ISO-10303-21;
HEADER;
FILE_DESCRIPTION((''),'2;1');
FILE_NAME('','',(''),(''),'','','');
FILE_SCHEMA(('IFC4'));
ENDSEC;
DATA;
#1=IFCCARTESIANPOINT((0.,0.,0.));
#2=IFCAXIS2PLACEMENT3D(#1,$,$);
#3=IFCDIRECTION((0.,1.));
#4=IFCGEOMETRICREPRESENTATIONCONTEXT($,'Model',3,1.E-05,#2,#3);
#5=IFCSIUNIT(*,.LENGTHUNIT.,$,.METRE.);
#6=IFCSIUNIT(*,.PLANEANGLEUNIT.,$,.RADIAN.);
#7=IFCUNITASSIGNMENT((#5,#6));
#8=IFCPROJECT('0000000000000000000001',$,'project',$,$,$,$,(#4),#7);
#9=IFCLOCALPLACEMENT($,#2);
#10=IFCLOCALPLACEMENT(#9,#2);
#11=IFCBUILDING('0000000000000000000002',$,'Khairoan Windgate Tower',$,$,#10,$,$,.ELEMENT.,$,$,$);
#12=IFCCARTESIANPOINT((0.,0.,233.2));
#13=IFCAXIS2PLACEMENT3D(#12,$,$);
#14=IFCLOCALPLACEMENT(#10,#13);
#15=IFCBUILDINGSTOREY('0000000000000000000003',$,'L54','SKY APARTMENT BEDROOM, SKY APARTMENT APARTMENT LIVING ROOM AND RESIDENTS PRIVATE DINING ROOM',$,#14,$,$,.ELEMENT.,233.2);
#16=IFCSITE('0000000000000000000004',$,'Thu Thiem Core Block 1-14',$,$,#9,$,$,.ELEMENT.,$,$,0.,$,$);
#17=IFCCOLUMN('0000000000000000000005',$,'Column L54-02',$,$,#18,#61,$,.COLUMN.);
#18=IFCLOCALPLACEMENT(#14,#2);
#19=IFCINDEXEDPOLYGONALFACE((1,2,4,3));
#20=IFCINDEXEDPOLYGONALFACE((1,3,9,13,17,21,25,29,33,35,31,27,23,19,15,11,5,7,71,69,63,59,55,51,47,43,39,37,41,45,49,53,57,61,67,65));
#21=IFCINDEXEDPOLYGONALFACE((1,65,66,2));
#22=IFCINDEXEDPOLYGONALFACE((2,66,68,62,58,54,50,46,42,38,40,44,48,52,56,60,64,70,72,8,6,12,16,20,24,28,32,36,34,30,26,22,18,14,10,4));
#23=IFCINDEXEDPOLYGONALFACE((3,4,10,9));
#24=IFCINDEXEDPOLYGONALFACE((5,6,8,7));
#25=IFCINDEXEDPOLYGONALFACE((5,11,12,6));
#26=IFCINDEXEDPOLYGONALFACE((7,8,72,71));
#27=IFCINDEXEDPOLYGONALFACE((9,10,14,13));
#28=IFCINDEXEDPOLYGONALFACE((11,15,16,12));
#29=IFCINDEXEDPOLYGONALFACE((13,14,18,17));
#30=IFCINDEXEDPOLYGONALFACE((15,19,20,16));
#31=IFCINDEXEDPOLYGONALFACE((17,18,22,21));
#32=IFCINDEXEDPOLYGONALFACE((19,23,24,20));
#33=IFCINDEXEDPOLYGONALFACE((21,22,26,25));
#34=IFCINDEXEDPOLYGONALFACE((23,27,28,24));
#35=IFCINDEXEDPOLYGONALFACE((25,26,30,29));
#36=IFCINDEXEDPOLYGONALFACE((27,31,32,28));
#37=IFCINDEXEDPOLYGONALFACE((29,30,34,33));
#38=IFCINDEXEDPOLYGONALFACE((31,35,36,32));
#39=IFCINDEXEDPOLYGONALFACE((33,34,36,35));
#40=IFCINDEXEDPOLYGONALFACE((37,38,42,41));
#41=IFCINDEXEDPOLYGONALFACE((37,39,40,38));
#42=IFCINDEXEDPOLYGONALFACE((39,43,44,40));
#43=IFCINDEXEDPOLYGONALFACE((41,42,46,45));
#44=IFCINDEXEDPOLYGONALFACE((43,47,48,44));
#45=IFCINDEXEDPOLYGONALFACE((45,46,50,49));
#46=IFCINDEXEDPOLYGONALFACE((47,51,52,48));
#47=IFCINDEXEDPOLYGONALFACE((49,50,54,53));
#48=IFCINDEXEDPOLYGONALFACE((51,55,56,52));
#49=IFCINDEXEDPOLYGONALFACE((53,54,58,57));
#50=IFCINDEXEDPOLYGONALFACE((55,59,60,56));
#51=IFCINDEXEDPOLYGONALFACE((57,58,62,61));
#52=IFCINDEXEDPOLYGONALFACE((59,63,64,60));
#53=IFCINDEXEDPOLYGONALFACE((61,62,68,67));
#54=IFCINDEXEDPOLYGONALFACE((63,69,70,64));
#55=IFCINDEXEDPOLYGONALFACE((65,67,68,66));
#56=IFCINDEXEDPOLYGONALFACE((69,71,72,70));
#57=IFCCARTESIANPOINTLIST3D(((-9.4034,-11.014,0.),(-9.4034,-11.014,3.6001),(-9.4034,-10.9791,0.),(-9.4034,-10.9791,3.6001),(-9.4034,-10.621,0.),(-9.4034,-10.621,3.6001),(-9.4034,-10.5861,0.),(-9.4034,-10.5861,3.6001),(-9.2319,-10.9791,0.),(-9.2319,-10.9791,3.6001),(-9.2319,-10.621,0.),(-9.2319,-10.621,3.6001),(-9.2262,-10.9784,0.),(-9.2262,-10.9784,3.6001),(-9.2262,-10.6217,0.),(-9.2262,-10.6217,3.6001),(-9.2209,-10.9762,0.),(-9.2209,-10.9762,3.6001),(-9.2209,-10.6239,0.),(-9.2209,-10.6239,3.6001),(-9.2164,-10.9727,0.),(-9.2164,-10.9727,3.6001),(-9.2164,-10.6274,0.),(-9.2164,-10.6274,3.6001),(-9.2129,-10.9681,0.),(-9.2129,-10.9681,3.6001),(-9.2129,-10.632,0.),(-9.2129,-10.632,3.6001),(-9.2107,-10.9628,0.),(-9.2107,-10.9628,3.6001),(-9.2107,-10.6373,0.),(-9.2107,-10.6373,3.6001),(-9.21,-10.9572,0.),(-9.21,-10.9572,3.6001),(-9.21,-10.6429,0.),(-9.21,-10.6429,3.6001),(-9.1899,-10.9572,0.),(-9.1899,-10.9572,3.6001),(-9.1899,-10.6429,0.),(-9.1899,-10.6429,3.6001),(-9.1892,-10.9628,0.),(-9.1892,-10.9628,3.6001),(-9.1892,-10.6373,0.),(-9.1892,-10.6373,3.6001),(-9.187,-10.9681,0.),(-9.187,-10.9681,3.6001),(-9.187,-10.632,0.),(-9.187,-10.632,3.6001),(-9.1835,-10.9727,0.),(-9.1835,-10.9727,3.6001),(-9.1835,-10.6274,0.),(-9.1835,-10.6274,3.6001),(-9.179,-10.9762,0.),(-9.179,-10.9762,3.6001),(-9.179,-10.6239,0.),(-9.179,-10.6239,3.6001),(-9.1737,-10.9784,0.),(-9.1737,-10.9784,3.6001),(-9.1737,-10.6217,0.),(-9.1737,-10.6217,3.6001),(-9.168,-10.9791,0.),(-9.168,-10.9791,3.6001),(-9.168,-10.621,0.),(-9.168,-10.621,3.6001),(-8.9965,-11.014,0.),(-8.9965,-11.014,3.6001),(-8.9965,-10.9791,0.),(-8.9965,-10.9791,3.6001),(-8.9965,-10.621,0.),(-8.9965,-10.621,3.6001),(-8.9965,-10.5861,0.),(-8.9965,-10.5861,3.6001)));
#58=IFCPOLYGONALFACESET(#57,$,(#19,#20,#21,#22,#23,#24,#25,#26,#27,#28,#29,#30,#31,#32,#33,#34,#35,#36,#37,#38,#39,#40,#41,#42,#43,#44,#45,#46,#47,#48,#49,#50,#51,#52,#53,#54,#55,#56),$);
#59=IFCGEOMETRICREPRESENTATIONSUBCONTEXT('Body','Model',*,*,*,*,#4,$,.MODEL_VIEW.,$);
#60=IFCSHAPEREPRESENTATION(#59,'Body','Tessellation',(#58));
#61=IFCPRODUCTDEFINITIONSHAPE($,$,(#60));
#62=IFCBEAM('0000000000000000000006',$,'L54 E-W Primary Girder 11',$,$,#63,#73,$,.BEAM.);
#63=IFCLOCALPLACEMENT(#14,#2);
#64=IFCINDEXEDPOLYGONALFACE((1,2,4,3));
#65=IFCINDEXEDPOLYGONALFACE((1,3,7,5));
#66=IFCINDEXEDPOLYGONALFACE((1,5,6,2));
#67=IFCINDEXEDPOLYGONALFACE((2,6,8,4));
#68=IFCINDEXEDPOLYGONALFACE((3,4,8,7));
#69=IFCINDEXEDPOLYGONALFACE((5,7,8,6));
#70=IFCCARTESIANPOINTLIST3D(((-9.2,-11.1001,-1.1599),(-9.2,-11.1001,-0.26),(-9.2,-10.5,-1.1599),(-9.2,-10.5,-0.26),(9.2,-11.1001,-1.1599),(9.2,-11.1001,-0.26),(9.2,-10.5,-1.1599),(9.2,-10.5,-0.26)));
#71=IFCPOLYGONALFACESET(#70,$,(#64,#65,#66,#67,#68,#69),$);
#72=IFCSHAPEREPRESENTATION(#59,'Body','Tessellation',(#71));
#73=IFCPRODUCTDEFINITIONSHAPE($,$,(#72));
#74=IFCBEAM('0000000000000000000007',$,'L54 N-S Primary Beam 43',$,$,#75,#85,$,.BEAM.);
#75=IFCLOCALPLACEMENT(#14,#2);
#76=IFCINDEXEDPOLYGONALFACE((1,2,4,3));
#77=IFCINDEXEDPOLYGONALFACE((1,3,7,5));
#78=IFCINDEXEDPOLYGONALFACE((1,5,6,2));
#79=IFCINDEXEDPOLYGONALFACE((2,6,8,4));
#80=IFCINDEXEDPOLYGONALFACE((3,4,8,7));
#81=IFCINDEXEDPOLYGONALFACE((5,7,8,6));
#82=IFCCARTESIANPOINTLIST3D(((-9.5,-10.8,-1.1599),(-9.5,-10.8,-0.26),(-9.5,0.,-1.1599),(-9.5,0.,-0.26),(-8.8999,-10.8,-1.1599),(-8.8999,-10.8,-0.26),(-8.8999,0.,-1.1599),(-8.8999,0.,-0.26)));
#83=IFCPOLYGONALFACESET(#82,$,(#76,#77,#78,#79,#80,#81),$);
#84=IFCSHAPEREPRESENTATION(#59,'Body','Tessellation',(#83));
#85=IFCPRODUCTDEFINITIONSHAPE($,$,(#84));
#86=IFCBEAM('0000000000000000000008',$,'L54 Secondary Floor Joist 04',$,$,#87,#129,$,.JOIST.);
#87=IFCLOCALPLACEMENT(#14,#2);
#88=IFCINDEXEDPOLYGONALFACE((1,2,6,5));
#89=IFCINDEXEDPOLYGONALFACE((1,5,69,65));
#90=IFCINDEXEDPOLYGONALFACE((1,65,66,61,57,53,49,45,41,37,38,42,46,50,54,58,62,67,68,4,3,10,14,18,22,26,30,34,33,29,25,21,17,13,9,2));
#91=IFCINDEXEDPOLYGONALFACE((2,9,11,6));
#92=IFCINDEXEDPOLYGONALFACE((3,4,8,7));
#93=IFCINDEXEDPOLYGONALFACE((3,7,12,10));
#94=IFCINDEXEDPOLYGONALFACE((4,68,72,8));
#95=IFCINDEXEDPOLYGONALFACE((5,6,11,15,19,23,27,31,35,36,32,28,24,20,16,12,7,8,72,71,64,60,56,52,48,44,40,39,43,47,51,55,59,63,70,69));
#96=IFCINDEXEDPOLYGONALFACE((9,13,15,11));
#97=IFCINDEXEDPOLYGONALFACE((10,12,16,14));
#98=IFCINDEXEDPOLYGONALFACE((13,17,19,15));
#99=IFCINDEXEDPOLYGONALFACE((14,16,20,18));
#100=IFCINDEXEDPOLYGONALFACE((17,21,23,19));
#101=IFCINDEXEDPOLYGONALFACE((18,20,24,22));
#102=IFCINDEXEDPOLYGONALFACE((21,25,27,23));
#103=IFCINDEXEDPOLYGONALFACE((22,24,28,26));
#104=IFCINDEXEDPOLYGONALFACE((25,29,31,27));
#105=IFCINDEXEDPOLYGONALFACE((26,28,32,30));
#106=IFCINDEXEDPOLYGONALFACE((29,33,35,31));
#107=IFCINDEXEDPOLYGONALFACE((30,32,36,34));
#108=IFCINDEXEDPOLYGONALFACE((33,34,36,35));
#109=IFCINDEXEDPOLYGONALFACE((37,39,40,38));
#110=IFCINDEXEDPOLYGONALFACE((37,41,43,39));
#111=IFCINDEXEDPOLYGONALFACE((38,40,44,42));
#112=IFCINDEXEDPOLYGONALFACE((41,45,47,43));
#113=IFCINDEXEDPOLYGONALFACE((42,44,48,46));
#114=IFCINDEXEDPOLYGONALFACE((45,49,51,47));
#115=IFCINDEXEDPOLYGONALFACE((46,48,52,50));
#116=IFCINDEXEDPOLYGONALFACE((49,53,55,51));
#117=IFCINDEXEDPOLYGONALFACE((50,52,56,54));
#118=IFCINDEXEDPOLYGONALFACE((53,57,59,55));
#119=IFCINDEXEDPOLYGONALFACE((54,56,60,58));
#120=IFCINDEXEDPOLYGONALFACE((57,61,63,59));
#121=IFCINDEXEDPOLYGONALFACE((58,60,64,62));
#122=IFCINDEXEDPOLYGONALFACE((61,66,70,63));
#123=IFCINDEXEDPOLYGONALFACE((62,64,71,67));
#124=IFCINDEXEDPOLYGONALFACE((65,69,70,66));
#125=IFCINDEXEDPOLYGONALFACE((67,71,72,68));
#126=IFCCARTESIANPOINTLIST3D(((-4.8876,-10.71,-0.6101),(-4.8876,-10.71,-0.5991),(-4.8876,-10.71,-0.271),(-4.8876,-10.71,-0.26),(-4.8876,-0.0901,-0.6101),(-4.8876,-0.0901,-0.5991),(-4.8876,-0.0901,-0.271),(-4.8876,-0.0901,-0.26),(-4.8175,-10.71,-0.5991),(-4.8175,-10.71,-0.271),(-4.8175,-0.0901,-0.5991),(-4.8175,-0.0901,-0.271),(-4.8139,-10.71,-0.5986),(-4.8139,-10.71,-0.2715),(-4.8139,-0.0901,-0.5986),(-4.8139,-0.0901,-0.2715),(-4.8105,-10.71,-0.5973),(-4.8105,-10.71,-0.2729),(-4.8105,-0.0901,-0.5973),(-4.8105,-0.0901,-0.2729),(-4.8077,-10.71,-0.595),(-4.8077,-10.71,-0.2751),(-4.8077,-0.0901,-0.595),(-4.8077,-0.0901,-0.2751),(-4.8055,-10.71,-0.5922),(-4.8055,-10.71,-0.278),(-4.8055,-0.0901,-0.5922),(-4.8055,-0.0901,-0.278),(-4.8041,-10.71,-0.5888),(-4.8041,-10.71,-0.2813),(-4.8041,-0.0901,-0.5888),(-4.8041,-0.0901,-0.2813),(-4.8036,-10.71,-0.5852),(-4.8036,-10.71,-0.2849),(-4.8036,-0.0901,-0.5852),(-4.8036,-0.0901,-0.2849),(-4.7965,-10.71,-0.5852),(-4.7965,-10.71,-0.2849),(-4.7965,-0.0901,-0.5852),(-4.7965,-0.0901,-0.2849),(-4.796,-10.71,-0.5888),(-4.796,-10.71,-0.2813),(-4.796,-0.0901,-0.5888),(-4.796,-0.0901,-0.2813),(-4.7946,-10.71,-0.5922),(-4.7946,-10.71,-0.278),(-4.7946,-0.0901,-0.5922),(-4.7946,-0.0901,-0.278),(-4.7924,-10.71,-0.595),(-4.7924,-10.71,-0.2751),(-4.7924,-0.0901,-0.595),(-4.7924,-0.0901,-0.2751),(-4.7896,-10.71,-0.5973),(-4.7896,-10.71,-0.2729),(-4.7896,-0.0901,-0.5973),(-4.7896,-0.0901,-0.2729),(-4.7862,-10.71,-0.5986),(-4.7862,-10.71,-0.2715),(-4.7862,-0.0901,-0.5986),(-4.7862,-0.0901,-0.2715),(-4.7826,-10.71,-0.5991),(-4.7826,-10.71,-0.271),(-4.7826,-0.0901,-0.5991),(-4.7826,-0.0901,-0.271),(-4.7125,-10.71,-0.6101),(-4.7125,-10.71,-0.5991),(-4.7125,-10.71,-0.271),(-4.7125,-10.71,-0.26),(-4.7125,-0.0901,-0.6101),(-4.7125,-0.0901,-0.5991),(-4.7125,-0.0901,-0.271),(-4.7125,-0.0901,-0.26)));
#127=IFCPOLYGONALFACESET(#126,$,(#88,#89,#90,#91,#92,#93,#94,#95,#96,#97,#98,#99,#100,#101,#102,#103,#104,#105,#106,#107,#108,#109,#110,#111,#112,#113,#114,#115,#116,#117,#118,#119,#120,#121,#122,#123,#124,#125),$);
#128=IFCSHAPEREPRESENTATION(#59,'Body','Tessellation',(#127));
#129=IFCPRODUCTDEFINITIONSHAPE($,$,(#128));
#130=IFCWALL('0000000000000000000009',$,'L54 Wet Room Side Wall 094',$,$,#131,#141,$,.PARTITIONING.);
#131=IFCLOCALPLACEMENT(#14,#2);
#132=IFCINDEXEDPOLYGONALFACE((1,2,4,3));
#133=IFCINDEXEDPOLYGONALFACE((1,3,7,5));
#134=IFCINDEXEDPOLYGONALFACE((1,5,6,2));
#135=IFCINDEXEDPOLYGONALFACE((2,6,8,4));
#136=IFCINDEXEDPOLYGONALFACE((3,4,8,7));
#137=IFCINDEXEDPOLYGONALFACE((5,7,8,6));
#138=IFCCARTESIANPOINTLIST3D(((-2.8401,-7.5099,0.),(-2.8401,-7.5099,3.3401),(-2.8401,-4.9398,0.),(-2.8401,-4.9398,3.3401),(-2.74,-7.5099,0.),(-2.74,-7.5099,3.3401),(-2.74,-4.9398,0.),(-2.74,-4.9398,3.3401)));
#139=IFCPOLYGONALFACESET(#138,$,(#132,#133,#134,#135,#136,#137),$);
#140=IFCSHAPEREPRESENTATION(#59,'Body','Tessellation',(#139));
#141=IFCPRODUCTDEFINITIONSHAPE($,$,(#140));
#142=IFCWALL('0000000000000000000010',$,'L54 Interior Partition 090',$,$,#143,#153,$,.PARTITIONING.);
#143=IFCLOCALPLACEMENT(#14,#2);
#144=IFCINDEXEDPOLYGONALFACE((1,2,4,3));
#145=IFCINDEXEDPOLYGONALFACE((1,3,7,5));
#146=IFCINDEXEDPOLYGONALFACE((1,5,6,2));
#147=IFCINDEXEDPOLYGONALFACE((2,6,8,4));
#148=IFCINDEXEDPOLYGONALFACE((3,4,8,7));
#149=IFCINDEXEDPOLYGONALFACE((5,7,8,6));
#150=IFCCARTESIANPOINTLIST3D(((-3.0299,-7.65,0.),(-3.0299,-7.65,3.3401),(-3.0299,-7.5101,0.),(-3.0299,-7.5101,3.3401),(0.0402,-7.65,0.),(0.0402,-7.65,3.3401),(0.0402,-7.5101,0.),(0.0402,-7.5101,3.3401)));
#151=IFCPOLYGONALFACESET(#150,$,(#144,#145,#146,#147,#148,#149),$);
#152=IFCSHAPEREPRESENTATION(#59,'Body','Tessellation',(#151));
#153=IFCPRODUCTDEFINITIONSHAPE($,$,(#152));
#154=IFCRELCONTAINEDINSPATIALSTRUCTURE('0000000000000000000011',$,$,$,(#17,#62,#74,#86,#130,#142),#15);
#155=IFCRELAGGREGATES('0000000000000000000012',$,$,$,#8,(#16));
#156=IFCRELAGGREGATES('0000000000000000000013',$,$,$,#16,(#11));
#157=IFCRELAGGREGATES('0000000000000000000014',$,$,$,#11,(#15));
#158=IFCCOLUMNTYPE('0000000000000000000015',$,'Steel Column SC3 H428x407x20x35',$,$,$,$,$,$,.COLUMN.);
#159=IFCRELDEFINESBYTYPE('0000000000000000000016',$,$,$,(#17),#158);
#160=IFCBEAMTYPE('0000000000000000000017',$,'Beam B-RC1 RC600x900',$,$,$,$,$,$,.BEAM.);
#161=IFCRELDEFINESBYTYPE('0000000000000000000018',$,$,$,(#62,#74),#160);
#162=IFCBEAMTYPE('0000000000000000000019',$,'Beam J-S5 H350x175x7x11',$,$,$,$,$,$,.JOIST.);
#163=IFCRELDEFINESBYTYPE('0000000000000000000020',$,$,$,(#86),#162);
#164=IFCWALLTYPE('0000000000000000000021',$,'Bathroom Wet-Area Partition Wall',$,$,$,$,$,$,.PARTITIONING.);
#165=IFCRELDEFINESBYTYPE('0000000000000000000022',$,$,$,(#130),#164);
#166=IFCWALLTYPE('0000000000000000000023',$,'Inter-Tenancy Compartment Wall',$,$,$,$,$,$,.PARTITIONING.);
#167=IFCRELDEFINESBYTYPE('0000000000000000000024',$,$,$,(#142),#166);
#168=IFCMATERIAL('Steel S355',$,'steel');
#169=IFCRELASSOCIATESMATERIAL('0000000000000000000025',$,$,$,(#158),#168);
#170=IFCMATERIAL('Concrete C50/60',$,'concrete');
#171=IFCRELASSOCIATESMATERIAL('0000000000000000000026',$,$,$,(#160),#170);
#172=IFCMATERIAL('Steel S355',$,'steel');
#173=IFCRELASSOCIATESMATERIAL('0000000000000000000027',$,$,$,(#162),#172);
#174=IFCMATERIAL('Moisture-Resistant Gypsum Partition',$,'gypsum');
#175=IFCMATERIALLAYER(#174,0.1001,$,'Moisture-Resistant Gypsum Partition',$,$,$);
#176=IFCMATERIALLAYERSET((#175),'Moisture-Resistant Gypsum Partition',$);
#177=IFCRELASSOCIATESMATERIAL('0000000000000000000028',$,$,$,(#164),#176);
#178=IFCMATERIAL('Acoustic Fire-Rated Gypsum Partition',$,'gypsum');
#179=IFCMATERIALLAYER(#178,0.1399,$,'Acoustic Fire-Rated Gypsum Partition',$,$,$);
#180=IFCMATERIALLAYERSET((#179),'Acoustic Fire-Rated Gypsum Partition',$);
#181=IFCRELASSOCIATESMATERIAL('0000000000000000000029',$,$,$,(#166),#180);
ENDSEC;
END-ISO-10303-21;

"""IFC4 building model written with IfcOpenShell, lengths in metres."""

from ifc_helpers import new_model, si_unit, direction, frame, frame_2d, origin, origin_2d, place, context, subcontext, project, spatial, rectangle, i_section, extrude, material, layer, layer_set, material_profile, profile_set, type_object, element, save


model = new_model("IFC4")

# Units and contexts
model_context = context("Model", 3, precision=1e-05, world=origin(), true_north=direction((0.0, 1.0)))
body_context = subcontext(model_context, "Body", "Model", "MODEL_VIEW")
ifc_project = project(units=[si_unit("LENGTHUNIT", "METRE"), si_unit("PLANEANGLEUNIT", "RADIAN")], contexts=[model_context])

# Site, building, storey
site_placement = place(None, origin())
site = spatial("IfcSite", under=ifc_project, at=site_placement, Name="Thu Thiem Core Block 1-14", CompositionType="ELEMENT", RefElevation=0.0)
building_placement = place(site_placement, origin())
building = spatial("IfcBuilding", under=site, at=building_placement, Name="Khairoan Windgate Tower", CompositionType="ELEMENT")
storey_placement = place(building_placement, frame((0.0, 0.0, 233.2)))
storey = spatial("IfcBuildingStorey", under=building, at=storey_placement, Name="L54", Description="SKY APARTMENT BEDROOM, SKY APARTMENT APARTMENT LIVING ROOM AND RESIDENTS PRIVATE DINING ROOM", CompositionType="ELEMENT", Elevation=233.2)

# Column
ifc_material_1 = material(Name="Steel S355", Category="steel")
ifc_material_profile_1 = material_profile(ifc_material_1, i_section(OverallWidth=0.407, OverallDepth=0.428, WebThickness=0.02, FlangeThickness=0.0349, FilletRadius=0.022, at=origin_2d()))
ifc_profile_set_1 = profile_set([ifc_material_profile_1], Name="Steel S355")
column_type = type_object("IfcColumnType", Name="Steel Column SC3 H428x407x20x35", PredefinedType="COLUMN", material=ifc_profile_set_1)
column_placement = place(storey_placement, frame((-9.2, -10.8, 0.0), z_axis=(0.0, 0.0, 1.0), x_axis=(1.0, 0.0, 0.0)))
element("IfcColumn", 1, at=column_placement, inside=storey, type_object=column_type, Name="Column L54-02", PredefinedType="COLUMN", context=body_context, shape_type="SweptSolid", body=[
    extrude(i_section(OverallWidth=0.407, OverallDepth=0.428, WebThickness=0.02, FlangeThickness=0.0349, FilletRadius=0.022, at=origin_2d()), origin(), (0.0, 0.0, 1.0), 3.6001),
])

# Beams
ifc_material_2 = material(Name="Concrete C50/60", Category="concrete")
ifc_material_profile_2 = material_profile(ifc_material_2, rectangle(XDim=0.6001, YDim=0.8999, at=origin_2d()))
ifc_profile_set_2 = profile_set([ifc_material_profile_2], Name="Concrete C50/60")
beam_type_1 = type_object("IfcBeamType", Name="Beam B-RC1 RC600x900", PredefinedType="BEAM", material=ifc_profile_set_2)
beam_1_placement = place(storey_placement, frame((-9.2, -10.8, -0.71), z_axis=(1.0, 0.0, 0.0), x_axis=(0.0, 1.0, 0.0)))
element("IfcBeam", 2, at=beam_1_placement, inside=storey, type_object=beam_type_1, Name="L54 E-W Primary Girder 11", PredefinedType="BEAM", context=body_context, shape_type="SweptSolid", body=[
    extrude(rectangle(XDim=0.6001, YDim=0.8999, at=origin_2d()), origin(), (0.0, 0.0, 1.0), 18.3999),
])
beam_2_placement = place(storey_placement, frame((-9.2, -10.8, -0.71), z_axis=(0.0, 1.0, 0.0), x_axis=(-1.0, 0.0, 0.0)))
element("IfcBeam", 3, at=beam_2_placement, inside=storey, type_object=beam_type_1, Name="L54 N-S Primary Beam 43", PredefinedType="BEAM", context=body_context, shape_type="SweptSolid", body=[
    extrude(rectangle(XDim=0.6001, YDim=0.8999, at=origin_2d()), origin(), (0.0, 0.0, 1.0), 10.8),
])
ifc_material_3 = material(Name="Steel S355", Category="steel")
ifc_material_profile_3 = material_profile(ifc_material_3, i_section(OverallWidth=0.175, OverallDepth=0.3501, WebThickness=0.0071, FlangeThickness=0.011, FilletRadius=0.0139, at=origin_2d()))
ifc_profile_set_3 = profile_set([ifc_material_profile_3], Name="Steel S355")
beam_type_2 = type_object("IfcBeamType", Name="Beam J-S5 H350x175x7x11", PredefinedType="JOIST", material=ifc_profile_set_3)
beam_3_placement = place(storey_placement, frame((-4.8, -10.71, -0.4351), z_axis=(0.0, 1.0, 0.0), x_axis=(-1.0, 0.0, 0.0)))
element("IfcBeam", 4, at=beam_3_placement, inside=storey, type_object=beam_type_2, Name="L54 Secondary Floor Joist 04", PredefinedType="JOIST", context=body_context, shape_type="SweptSolid", body=[
    extrude(i_section(OverallWidth=0.175, OverallDepth=0.3501, WebThickness=0.0071, FlangeThickness=0.011, FilletRadius=0.0139, at=origin_2d()), origin(), (0.0, 0.0, 1.0), 10.6199),
])

# Walls
ifc_material_4 = material(Name="Moisture-Resistant Gypsum Partition", Category="gypsum")
ifc_layer_1 = layer(ifc_material_4, 0.1001, Name="Moisture-Resistant Gypsum Partition")
ifc_layer_set_1 = layer_set([ifc_layer_1], Name="Moisture-Resistant Gypsum Partition")
wall_type_1 = type_object("IfcWallType", Name="Bathroom Wet-Area Partition Wall", PredefinedType="PARTITIONING", material=ifc_layer_set_1)
wall_1_placement = place(storey_placement, frame((-2.79, -7.51, 0.0), z_axis=(0.0, 0.0, 1.0), x_axis=(0.0, 1.0, 0.0)))
element("IfcWall", 5, at=wall_1_placement, inside=storey, type_object=wall_type_1, Name="L54 Wet Room Side Wall 094", PredefinedType="PARTITIONING", context=body_context, shape_type="SweptSolid", body=[
    extrude(rectangle(XDim=2.5701, YDim=0.1001, at=frame_2d((1.2852, 0.0))), origin(), (0.0, 0.0, 1.0), 3.3401),
])
ifc_material_5 = material(Name="Acoustic Fire-Rated Gypsum Partition", Category="gypsum")
ifc_layer_2 = layer(ifc_material_5, 0.1399, Name="Acoustic Fire-Rated Gypsum Partition")
ifc_layer_set_2 = layer_set([ifc_layer_2], Name="Acoustic Fire-Rated Gypsum Partition")
wall_type_2 = type_object("IfcWallType", Name="Inter-Tenancy Compartment Wall", PredefinedType="PARTITIONING", material=ifc_layer_set_2)
wall_2_placement = place(storey_placement, frame((-3.03, -7.5801, 0.0), z_axis=(0.0, 0.0, 1.0), x_axis=(1.0, 0.0, 0.0)))
element("IfcWall", 6, at=wall_2_placement, inside=storey, type_object=wall_type_2, Name="L54 Interior Partition 090", PredefinedType="PARTITIONING", context=body_context, shape_type="SweptSolid", body=[
    extrude(rectangle(XDim=3.0701, YDim=0.1399, at=frame_2d((1.5352, 0.0))), origin(), (0.0, 0.0, 1.0), 3.3401),
])

save(model, "model.ifc")
